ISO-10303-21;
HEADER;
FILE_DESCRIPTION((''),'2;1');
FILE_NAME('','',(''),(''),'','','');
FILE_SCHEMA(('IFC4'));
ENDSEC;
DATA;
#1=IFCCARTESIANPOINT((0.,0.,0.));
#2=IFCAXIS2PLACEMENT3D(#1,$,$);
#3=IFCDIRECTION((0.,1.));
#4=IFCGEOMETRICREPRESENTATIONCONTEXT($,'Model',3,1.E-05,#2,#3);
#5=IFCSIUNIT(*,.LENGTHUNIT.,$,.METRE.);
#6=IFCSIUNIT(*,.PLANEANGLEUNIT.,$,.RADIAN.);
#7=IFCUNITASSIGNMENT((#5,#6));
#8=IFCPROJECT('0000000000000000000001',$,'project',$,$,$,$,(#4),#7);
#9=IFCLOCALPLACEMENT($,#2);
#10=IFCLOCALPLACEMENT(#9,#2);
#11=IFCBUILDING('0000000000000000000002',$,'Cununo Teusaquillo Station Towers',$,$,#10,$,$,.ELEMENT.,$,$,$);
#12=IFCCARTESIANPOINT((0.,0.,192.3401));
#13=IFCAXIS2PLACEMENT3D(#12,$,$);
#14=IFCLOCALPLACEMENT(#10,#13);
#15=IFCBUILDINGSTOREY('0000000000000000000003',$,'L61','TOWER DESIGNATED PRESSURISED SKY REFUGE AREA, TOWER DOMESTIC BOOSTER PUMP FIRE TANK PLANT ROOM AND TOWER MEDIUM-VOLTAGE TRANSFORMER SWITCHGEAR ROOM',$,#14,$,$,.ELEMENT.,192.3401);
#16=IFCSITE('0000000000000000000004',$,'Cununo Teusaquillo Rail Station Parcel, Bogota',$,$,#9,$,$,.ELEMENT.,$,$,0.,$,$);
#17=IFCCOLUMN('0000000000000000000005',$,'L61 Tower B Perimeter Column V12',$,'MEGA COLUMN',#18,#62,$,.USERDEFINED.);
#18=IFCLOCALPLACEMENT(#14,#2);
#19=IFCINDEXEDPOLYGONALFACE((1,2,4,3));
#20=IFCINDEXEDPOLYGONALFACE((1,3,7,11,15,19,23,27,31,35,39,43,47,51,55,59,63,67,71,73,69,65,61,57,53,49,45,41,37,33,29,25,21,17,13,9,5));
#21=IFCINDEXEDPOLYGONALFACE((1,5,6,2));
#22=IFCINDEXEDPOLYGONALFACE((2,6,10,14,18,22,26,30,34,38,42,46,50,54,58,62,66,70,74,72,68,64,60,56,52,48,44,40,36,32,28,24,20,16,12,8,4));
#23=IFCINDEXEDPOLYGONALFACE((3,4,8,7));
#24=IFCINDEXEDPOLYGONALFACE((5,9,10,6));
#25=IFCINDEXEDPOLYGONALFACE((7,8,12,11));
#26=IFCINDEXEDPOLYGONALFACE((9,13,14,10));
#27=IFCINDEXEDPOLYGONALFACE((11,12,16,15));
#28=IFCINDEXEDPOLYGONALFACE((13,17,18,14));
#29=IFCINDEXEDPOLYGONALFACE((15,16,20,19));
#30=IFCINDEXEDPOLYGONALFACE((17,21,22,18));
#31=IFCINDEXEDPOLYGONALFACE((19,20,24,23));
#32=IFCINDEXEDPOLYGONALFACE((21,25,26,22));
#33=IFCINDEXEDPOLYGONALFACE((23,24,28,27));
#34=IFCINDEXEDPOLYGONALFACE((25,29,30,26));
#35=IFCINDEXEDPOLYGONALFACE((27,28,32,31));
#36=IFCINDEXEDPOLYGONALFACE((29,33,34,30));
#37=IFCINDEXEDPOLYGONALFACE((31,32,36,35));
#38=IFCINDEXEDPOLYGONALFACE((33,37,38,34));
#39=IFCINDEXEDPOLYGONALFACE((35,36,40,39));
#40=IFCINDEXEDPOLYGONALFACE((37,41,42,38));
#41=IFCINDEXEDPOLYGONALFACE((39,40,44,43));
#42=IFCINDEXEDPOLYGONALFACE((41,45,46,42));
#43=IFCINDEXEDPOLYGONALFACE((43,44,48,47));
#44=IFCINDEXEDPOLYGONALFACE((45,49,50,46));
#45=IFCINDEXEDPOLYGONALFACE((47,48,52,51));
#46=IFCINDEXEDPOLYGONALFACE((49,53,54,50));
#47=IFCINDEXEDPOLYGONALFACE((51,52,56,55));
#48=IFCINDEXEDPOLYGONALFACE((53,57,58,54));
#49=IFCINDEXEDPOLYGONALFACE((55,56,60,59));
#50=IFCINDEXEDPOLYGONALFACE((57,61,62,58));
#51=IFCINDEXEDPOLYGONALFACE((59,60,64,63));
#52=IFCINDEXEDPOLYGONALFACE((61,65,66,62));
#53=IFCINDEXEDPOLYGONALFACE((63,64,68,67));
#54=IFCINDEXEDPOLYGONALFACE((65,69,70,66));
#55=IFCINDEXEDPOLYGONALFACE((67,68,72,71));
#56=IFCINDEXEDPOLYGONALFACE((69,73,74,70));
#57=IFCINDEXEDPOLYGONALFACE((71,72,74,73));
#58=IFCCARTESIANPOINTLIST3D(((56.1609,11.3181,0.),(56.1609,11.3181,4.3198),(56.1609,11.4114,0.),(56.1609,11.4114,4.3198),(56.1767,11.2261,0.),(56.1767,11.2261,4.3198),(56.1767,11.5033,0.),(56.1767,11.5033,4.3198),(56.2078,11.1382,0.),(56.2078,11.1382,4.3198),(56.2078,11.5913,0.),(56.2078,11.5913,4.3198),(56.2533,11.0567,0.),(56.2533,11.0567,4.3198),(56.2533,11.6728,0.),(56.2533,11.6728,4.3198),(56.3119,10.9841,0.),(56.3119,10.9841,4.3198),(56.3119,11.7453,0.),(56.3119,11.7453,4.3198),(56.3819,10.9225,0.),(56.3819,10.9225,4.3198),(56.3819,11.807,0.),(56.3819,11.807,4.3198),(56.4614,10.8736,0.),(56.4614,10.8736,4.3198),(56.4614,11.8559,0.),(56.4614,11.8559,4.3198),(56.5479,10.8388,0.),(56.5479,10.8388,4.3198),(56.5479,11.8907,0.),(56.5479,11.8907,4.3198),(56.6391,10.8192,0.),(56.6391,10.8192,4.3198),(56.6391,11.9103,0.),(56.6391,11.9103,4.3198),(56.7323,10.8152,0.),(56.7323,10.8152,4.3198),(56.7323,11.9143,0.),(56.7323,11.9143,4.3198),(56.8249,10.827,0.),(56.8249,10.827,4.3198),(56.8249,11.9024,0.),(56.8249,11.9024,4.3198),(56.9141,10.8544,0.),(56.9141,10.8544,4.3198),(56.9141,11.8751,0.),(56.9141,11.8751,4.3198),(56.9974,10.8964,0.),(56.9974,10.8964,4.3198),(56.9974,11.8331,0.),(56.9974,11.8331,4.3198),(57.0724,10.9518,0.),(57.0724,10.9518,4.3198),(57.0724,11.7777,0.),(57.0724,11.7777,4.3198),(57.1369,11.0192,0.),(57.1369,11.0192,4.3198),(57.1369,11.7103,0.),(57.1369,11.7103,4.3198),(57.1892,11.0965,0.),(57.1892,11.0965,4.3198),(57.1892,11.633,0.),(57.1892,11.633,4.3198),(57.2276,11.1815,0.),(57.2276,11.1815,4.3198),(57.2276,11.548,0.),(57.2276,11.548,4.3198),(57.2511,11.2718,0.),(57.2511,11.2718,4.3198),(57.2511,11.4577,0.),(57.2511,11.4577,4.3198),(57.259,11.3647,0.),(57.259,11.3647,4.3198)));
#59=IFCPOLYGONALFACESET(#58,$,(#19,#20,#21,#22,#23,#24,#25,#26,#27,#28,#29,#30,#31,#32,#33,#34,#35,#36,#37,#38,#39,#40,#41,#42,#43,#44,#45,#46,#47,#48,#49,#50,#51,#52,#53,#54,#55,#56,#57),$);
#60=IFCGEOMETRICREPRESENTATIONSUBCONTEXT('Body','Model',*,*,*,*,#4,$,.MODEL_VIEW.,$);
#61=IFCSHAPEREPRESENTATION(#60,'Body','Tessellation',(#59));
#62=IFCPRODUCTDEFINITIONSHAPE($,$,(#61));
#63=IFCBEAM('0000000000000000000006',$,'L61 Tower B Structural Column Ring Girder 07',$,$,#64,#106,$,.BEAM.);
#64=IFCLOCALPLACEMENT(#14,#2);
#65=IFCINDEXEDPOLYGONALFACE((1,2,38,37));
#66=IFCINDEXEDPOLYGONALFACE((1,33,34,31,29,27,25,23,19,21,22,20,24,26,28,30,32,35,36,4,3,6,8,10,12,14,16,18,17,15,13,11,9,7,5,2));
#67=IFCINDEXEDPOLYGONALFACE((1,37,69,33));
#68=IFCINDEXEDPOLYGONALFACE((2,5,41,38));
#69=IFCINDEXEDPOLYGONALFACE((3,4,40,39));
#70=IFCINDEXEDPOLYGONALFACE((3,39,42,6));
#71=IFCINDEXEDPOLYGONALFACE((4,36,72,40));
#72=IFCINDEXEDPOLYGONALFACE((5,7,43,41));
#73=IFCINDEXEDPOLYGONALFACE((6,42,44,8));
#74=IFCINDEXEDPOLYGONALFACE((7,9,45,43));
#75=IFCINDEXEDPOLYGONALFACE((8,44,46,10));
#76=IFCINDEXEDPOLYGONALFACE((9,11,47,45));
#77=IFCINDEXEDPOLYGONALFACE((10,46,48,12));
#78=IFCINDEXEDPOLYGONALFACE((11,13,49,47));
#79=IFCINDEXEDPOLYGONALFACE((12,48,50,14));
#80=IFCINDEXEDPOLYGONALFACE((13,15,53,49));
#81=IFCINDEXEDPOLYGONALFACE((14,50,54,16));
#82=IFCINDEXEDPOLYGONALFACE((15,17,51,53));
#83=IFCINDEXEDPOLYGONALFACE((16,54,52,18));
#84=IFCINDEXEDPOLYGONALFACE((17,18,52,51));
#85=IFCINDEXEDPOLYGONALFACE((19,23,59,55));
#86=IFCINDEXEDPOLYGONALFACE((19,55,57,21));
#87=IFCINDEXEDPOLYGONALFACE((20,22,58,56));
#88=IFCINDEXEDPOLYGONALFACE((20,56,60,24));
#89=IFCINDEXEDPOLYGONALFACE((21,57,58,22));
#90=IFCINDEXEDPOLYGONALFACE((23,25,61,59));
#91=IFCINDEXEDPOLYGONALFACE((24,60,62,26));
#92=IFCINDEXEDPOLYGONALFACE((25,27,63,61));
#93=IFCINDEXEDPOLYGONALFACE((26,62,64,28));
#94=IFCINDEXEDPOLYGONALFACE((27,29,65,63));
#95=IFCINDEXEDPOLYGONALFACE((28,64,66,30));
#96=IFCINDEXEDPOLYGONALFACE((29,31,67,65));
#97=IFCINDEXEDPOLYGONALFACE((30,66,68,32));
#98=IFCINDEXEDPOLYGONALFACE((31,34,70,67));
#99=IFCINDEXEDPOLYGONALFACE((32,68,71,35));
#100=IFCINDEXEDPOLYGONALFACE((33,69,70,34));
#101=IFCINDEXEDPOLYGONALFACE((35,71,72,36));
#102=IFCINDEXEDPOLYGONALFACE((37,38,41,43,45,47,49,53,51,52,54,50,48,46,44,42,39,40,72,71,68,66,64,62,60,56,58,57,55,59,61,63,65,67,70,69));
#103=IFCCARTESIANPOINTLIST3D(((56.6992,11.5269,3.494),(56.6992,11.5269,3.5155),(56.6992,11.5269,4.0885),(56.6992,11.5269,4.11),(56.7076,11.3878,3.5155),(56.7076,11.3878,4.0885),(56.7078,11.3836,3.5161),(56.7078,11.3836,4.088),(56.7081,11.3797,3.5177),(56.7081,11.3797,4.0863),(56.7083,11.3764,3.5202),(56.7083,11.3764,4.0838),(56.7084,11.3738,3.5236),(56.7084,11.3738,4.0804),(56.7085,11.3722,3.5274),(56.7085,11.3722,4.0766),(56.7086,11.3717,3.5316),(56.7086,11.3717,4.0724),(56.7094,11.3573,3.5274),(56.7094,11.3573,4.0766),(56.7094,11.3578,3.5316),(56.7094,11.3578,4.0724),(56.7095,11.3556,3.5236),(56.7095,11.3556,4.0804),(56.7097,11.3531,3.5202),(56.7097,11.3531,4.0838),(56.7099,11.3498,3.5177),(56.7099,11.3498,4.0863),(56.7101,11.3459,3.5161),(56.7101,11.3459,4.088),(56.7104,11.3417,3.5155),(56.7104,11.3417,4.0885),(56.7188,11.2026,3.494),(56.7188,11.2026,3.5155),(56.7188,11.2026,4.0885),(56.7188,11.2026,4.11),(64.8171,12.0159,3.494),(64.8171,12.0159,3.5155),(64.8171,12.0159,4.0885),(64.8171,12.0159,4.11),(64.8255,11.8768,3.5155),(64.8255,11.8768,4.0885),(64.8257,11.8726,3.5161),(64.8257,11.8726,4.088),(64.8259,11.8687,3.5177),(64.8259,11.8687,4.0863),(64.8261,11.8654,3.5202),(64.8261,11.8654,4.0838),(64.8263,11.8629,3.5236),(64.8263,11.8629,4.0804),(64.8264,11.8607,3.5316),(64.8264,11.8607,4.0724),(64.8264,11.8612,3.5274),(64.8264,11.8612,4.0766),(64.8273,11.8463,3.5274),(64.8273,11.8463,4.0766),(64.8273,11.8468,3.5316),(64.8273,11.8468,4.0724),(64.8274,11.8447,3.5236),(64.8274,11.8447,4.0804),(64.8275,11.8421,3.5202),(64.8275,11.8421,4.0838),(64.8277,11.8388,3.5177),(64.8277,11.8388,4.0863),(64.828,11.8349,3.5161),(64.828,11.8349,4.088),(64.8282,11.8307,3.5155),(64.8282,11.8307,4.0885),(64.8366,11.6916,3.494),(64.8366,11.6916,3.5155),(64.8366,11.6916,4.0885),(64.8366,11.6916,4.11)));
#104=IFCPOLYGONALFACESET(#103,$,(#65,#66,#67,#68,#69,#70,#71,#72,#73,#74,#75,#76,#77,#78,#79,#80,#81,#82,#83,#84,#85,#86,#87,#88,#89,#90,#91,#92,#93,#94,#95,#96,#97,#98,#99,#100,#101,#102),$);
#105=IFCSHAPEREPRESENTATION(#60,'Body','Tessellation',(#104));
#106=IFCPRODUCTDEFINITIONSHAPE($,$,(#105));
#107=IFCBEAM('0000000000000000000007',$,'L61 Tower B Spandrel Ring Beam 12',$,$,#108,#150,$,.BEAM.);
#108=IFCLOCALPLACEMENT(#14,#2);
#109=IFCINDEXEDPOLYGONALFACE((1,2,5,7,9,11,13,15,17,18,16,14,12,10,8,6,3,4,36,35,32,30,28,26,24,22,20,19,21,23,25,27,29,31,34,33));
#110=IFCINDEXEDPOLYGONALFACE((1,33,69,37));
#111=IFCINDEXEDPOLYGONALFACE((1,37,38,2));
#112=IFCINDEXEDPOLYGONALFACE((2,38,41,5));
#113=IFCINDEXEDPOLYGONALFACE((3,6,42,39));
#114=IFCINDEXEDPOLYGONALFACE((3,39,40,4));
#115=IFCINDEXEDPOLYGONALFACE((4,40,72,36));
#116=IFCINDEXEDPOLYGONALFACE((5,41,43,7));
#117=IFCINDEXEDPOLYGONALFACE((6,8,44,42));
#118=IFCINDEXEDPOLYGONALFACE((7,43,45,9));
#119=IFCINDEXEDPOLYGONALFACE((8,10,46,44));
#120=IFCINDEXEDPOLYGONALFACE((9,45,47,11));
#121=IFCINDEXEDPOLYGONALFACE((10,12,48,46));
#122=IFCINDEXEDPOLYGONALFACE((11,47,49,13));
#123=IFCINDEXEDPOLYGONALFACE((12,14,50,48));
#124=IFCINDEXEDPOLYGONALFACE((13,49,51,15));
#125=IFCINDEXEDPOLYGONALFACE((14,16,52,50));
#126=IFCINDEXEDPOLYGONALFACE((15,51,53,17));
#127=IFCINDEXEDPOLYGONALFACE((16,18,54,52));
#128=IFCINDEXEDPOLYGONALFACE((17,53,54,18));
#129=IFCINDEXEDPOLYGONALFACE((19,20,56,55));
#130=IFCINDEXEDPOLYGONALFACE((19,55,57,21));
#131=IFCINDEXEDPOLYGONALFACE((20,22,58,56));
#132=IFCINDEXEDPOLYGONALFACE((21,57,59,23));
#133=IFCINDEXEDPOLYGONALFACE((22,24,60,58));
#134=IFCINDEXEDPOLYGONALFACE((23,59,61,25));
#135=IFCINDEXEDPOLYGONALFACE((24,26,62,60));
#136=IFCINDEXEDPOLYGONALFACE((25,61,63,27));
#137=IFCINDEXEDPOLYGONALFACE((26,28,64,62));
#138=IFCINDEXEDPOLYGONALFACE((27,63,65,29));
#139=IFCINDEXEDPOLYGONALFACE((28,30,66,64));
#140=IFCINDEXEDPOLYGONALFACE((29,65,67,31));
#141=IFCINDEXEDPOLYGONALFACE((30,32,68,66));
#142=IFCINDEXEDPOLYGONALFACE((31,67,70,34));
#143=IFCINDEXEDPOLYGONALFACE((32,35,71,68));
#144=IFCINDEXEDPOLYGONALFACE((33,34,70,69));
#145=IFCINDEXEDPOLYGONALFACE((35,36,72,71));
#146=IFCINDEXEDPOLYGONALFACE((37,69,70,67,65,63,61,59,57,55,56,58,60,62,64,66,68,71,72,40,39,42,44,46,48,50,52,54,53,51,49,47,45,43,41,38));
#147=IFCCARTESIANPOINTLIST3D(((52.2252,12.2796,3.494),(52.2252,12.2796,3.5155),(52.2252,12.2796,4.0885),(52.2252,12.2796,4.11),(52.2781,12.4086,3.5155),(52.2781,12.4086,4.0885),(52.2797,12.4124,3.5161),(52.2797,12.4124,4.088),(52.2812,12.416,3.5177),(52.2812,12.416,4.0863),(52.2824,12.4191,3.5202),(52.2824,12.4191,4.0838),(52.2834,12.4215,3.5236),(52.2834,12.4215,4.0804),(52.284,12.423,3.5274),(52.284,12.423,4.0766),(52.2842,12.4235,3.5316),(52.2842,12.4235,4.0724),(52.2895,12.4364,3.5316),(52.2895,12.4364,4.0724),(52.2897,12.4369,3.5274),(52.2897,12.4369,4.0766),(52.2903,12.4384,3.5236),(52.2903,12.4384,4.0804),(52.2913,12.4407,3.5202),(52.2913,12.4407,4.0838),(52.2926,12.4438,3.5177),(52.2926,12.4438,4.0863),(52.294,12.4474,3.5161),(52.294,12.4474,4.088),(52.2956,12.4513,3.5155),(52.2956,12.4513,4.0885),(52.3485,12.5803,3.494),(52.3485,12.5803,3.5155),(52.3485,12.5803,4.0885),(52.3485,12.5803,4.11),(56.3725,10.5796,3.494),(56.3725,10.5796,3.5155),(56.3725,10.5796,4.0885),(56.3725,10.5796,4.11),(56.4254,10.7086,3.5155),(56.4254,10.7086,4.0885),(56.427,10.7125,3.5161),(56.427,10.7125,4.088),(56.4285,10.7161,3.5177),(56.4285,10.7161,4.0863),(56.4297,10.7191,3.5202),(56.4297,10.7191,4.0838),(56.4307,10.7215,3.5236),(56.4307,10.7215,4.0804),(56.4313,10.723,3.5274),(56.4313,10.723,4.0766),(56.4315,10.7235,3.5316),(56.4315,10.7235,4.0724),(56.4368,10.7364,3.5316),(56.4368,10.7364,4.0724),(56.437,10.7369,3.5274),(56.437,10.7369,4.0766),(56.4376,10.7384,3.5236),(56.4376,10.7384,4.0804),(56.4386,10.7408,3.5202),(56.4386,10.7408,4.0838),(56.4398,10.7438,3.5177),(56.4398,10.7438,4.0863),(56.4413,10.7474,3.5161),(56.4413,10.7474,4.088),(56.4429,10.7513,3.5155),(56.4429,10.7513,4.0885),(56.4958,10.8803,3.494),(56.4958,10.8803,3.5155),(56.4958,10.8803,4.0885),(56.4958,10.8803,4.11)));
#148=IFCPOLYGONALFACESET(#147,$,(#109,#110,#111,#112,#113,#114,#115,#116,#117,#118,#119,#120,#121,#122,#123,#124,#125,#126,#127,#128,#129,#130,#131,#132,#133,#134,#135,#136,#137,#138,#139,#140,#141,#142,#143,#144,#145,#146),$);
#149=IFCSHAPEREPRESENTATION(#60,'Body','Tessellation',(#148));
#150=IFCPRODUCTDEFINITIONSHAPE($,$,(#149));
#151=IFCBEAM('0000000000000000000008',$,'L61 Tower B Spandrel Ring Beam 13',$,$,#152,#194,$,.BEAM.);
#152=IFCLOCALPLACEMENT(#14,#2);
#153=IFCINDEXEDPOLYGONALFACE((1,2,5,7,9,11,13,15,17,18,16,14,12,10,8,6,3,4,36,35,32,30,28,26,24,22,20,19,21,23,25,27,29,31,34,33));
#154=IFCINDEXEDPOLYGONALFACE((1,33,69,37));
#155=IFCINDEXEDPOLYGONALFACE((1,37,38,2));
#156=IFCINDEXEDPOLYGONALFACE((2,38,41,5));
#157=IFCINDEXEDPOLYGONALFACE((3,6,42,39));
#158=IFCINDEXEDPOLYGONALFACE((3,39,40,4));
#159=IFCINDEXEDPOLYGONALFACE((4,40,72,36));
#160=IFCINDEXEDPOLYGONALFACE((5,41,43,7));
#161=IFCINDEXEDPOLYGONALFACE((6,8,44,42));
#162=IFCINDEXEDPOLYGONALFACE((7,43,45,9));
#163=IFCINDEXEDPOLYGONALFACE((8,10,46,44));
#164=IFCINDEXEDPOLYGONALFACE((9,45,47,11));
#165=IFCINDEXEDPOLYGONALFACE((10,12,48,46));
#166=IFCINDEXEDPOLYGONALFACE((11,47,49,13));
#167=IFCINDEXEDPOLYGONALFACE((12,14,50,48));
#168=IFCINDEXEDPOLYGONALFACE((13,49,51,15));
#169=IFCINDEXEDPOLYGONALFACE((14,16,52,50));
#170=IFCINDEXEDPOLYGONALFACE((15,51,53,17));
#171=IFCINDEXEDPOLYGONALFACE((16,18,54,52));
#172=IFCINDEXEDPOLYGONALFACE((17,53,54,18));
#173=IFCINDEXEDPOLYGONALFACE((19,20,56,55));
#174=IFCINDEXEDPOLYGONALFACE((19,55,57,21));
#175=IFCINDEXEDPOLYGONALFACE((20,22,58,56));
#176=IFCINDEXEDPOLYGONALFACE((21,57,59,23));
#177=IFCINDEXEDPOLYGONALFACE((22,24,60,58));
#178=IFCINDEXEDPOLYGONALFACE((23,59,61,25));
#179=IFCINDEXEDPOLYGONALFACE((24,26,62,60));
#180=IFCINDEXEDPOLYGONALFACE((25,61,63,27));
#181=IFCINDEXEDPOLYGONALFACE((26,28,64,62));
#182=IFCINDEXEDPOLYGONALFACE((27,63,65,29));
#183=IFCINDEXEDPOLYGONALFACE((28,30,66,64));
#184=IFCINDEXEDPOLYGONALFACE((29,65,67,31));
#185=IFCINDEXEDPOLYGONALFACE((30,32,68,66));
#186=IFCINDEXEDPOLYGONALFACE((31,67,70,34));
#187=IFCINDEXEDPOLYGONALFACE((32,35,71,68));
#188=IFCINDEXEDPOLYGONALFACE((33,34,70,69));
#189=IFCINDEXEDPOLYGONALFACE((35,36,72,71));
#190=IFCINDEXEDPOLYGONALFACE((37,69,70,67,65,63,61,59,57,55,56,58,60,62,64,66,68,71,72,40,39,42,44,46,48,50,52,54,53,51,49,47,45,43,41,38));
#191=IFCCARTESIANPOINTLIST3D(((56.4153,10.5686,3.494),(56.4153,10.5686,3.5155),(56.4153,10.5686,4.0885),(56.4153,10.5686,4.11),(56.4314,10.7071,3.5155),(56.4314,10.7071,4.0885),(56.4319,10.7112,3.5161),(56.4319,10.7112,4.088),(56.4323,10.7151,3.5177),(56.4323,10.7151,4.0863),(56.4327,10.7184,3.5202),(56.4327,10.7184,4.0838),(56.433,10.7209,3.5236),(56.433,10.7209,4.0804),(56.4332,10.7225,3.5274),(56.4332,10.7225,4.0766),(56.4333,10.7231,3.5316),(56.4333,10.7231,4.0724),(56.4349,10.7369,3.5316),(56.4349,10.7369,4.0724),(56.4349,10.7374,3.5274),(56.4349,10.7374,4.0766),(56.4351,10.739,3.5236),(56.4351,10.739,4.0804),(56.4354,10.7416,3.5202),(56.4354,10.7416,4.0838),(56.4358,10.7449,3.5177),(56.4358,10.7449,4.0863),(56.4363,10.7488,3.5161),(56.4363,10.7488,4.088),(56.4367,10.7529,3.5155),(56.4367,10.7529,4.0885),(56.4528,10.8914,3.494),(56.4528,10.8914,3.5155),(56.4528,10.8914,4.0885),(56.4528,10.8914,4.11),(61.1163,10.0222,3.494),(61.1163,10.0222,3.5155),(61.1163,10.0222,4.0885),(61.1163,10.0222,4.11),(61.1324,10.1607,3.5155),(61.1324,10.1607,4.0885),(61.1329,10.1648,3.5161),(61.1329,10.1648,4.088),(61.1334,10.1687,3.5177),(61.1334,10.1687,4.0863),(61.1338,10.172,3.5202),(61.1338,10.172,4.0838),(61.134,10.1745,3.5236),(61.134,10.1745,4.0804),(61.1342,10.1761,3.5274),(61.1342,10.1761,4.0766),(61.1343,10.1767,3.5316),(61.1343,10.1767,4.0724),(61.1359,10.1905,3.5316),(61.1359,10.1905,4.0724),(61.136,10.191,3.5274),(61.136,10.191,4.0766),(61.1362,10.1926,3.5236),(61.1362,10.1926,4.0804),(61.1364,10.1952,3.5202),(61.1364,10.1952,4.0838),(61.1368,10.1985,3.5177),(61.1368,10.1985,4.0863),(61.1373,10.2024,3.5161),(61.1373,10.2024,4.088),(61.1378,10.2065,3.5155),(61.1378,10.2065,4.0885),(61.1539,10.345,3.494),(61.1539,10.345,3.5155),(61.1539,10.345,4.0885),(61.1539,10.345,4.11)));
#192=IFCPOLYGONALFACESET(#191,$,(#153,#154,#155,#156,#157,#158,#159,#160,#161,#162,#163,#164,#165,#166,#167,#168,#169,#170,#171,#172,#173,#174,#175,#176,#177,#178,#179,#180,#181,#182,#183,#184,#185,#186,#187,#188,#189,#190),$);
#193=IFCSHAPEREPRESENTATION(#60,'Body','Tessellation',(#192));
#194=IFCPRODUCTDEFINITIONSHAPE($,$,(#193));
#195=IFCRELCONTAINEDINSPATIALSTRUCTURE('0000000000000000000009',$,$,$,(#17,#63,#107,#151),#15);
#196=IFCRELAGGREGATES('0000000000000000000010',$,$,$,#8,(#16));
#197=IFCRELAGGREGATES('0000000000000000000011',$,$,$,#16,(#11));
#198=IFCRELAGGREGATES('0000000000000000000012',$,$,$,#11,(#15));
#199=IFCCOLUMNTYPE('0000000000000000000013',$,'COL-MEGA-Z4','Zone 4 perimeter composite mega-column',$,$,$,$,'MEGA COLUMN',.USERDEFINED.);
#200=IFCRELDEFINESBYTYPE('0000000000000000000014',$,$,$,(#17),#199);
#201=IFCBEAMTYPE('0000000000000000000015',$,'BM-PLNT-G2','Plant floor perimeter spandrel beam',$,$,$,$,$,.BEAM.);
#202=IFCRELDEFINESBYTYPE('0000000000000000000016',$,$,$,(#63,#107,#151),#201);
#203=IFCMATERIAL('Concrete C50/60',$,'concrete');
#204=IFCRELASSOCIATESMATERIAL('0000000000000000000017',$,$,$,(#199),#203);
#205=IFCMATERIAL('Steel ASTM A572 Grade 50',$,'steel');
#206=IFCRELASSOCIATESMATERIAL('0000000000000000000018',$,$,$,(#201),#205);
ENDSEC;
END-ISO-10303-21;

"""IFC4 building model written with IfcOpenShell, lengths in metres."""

from ifc_helpers import new_model, si_unit, direction, frame, origin, origin_2d, place, context, subcontext, project, spatial, circle, i_section, extrude, material, material_profile, profile_set, type_object, element, save


model = new_model("IFC4")

# Units and contexts
model_context = context("Model", 3, precision=1e-05, world=origin(), true_north=direction((0.0, 1.0)))
body_context = subcontext(model_context, "Body", "Model", "MODEL_VIEW")
ifc_project = project(units=[si_unit("LENGTHUNIT", "METRE"), si_unit("PLANEANGLEUNIT", "RADIAN")], contexts=[model_context])

# Site, building, storey
site_placement = place(None, origin())
site = spatial("IfcSite", under=ifc_project, at=site_placement, Name="Cununo Teusaquillo Rail Station Parcel, Bogota", CompositionType="ELEMENT", RefElevation=0.0)
building_placement = place(site_placement, origin())
building = spatial("IfcBuilding", under=site, at=building_placement, Name="Cununo Teusaquillo Station Towers", CompositionType="ELEMENT")
storey_placement = place(building_placement, frame((0.0, 0.0, 192.3401)))
storey = spatial("IfcBuildingStorey", under=building, at=storey_placement, Name="L61", Description="TOWER DESIGNATED PRESSURISED SKY REFUGE AREA, TOWER DOMESTIC BOOSTER PUMP FIRE TANK PLANT ROOM AND TOWER MEDIUM-VOLTAGE TRANSFORMER SWITCHGEAR ROOM", CompositionType="ELEMENT", Elevation=192.3401)

# Column
ifc_material_1 = material(Name="Concrete C50/60", Category="concrete")
ifc_material_profile_1 = material_profile(ifc_material_1, circle(Radius=0.55, at=origin_2d()), Name="RC-CIRC-1100")
ifc_profile_set_1 = profile_set([ifc_material_profile_1], Name="Concrete C50/60")
column_type = type_object("IfcColumnType", Name="COL-MEGA-Z4", Description="Zone 4 perimeter composite mega-column", ElementType="MEGA COLUMN", PredefinedType="USERDEFINED", material=ifc_profile_set_1)
column_placement = place(storey_placement, frame((56.709, 11.3647, 0.0), z_axis=(0.0, 0.0, 1.0), x_axis=(1.0, 0.0, 0.0)))
element("IfcColumn", 1, at=column_placement, inside=storey, type_object=column_type, Name="L61 Tower B Perimeter Column V12", ObjectType="MEGA COLUMN", PredefinedType="USERDEFINED", context=body_context, shape_type="SweptSolid", body=[
    extrude(circle(Radius=0.55, at=origin_2d()), origin(), (0.0, 0.0, 1.0), 4.3198),
])

# Beams
ifc_material_2 = material(Name="Steel ASTM A572 Grade 50", Category="steel")
ifc_material_profile_2 = material_profile(ifc_material_2, i_section(OverallWidth=0.325, OverallDepth=0.616, WebThickness=0.0139, FlangeThickness=0.0215, FilletRadius=0.0161, at=origin_2d()), Name="W24X117")
ifc_profile_set_2 = profile_set([ifc_material_profile_2], Name="Steel ASTM A572 Grade 50")
beam_type = type_object("IfcBeamType", Name="BM-PLNT-G2", Description="Plant floor perimeter spandrel beam", PredefinedType="BEAM", material=ifc_profile_set_2)
beam_1_placement = place(storey_placement, frame((56.709, 11.3647, 3.802), z_axis=(0.998191, 0.06013, 0.0), x_axis=(-0.06013, 0.998191, 0.0)))
element("IfcBeam", 2, at=beam_1_placement, inside=storey, type_object=beam_type, Name="L61 Tower B Structural Column Ring Girder 07", PredefinedType="BEAM", context=body_context, shape_type="SweptSolid", body=[
    extrude(i_section(OverallWidth=0.325, OverallDepth=0.616, WebThickness=0.0139, FlangeThickness=0.0215, FilletRadius=0.0161, at=origin_2d()), origin(), (0.0, 0.0, 1.0), 8.1326),
])
beam_2_placement = place(storey_placement, frame((52.2869, 12.4299, 3.802), z_axis=(0.925284, -0.379275, 0.0), x_axis=(0.379275, 0.925284, 0.0)))
element("IfcBeam", 3, at=beam_2_placement, inside=storey, type_object=beam_type, Name="L61 Tower B Spandrel Ring Beam 12", PredefinedType="BEAM", context=body_context, shape_type="SweptSolid", body=[
    extrude(i_section(OverallWidth=0.325, OverallDepth=0.616, WebThickness=0.0139, FlangeThickness=0.0215, FilletRadius=0.0161, at=origin_2d()), origin(), (0.0, 0.0, 1.0), 4.4822),
])
beam_3_placement = place(storey_placement, frame((56.4341, 10.73, 3.802), z_axis=(0.993313, -0.115452, 0.0), x_axis=(0.115452, 0.993313, 0.0)))
element("IfcBeam", 4, at=beam_3_placement, inside=storey, type_object=beam_type, Name="L61 Tower B Spandrel Ring Beam 13", PredefinedType="BEAM", context=body_context, shape_type="SweptSolid", body=[
    extrude(i_section(OverallWidth=0.325, OverallDepth=0.616, WebThickness=0.0139, FlangeThickness=0.0215, FilletRadius=0.0161, at=origin_2d()), origin(), (0.0, 0.0, 1.0), 4.7327),
])

save(model, "model.ifc")
